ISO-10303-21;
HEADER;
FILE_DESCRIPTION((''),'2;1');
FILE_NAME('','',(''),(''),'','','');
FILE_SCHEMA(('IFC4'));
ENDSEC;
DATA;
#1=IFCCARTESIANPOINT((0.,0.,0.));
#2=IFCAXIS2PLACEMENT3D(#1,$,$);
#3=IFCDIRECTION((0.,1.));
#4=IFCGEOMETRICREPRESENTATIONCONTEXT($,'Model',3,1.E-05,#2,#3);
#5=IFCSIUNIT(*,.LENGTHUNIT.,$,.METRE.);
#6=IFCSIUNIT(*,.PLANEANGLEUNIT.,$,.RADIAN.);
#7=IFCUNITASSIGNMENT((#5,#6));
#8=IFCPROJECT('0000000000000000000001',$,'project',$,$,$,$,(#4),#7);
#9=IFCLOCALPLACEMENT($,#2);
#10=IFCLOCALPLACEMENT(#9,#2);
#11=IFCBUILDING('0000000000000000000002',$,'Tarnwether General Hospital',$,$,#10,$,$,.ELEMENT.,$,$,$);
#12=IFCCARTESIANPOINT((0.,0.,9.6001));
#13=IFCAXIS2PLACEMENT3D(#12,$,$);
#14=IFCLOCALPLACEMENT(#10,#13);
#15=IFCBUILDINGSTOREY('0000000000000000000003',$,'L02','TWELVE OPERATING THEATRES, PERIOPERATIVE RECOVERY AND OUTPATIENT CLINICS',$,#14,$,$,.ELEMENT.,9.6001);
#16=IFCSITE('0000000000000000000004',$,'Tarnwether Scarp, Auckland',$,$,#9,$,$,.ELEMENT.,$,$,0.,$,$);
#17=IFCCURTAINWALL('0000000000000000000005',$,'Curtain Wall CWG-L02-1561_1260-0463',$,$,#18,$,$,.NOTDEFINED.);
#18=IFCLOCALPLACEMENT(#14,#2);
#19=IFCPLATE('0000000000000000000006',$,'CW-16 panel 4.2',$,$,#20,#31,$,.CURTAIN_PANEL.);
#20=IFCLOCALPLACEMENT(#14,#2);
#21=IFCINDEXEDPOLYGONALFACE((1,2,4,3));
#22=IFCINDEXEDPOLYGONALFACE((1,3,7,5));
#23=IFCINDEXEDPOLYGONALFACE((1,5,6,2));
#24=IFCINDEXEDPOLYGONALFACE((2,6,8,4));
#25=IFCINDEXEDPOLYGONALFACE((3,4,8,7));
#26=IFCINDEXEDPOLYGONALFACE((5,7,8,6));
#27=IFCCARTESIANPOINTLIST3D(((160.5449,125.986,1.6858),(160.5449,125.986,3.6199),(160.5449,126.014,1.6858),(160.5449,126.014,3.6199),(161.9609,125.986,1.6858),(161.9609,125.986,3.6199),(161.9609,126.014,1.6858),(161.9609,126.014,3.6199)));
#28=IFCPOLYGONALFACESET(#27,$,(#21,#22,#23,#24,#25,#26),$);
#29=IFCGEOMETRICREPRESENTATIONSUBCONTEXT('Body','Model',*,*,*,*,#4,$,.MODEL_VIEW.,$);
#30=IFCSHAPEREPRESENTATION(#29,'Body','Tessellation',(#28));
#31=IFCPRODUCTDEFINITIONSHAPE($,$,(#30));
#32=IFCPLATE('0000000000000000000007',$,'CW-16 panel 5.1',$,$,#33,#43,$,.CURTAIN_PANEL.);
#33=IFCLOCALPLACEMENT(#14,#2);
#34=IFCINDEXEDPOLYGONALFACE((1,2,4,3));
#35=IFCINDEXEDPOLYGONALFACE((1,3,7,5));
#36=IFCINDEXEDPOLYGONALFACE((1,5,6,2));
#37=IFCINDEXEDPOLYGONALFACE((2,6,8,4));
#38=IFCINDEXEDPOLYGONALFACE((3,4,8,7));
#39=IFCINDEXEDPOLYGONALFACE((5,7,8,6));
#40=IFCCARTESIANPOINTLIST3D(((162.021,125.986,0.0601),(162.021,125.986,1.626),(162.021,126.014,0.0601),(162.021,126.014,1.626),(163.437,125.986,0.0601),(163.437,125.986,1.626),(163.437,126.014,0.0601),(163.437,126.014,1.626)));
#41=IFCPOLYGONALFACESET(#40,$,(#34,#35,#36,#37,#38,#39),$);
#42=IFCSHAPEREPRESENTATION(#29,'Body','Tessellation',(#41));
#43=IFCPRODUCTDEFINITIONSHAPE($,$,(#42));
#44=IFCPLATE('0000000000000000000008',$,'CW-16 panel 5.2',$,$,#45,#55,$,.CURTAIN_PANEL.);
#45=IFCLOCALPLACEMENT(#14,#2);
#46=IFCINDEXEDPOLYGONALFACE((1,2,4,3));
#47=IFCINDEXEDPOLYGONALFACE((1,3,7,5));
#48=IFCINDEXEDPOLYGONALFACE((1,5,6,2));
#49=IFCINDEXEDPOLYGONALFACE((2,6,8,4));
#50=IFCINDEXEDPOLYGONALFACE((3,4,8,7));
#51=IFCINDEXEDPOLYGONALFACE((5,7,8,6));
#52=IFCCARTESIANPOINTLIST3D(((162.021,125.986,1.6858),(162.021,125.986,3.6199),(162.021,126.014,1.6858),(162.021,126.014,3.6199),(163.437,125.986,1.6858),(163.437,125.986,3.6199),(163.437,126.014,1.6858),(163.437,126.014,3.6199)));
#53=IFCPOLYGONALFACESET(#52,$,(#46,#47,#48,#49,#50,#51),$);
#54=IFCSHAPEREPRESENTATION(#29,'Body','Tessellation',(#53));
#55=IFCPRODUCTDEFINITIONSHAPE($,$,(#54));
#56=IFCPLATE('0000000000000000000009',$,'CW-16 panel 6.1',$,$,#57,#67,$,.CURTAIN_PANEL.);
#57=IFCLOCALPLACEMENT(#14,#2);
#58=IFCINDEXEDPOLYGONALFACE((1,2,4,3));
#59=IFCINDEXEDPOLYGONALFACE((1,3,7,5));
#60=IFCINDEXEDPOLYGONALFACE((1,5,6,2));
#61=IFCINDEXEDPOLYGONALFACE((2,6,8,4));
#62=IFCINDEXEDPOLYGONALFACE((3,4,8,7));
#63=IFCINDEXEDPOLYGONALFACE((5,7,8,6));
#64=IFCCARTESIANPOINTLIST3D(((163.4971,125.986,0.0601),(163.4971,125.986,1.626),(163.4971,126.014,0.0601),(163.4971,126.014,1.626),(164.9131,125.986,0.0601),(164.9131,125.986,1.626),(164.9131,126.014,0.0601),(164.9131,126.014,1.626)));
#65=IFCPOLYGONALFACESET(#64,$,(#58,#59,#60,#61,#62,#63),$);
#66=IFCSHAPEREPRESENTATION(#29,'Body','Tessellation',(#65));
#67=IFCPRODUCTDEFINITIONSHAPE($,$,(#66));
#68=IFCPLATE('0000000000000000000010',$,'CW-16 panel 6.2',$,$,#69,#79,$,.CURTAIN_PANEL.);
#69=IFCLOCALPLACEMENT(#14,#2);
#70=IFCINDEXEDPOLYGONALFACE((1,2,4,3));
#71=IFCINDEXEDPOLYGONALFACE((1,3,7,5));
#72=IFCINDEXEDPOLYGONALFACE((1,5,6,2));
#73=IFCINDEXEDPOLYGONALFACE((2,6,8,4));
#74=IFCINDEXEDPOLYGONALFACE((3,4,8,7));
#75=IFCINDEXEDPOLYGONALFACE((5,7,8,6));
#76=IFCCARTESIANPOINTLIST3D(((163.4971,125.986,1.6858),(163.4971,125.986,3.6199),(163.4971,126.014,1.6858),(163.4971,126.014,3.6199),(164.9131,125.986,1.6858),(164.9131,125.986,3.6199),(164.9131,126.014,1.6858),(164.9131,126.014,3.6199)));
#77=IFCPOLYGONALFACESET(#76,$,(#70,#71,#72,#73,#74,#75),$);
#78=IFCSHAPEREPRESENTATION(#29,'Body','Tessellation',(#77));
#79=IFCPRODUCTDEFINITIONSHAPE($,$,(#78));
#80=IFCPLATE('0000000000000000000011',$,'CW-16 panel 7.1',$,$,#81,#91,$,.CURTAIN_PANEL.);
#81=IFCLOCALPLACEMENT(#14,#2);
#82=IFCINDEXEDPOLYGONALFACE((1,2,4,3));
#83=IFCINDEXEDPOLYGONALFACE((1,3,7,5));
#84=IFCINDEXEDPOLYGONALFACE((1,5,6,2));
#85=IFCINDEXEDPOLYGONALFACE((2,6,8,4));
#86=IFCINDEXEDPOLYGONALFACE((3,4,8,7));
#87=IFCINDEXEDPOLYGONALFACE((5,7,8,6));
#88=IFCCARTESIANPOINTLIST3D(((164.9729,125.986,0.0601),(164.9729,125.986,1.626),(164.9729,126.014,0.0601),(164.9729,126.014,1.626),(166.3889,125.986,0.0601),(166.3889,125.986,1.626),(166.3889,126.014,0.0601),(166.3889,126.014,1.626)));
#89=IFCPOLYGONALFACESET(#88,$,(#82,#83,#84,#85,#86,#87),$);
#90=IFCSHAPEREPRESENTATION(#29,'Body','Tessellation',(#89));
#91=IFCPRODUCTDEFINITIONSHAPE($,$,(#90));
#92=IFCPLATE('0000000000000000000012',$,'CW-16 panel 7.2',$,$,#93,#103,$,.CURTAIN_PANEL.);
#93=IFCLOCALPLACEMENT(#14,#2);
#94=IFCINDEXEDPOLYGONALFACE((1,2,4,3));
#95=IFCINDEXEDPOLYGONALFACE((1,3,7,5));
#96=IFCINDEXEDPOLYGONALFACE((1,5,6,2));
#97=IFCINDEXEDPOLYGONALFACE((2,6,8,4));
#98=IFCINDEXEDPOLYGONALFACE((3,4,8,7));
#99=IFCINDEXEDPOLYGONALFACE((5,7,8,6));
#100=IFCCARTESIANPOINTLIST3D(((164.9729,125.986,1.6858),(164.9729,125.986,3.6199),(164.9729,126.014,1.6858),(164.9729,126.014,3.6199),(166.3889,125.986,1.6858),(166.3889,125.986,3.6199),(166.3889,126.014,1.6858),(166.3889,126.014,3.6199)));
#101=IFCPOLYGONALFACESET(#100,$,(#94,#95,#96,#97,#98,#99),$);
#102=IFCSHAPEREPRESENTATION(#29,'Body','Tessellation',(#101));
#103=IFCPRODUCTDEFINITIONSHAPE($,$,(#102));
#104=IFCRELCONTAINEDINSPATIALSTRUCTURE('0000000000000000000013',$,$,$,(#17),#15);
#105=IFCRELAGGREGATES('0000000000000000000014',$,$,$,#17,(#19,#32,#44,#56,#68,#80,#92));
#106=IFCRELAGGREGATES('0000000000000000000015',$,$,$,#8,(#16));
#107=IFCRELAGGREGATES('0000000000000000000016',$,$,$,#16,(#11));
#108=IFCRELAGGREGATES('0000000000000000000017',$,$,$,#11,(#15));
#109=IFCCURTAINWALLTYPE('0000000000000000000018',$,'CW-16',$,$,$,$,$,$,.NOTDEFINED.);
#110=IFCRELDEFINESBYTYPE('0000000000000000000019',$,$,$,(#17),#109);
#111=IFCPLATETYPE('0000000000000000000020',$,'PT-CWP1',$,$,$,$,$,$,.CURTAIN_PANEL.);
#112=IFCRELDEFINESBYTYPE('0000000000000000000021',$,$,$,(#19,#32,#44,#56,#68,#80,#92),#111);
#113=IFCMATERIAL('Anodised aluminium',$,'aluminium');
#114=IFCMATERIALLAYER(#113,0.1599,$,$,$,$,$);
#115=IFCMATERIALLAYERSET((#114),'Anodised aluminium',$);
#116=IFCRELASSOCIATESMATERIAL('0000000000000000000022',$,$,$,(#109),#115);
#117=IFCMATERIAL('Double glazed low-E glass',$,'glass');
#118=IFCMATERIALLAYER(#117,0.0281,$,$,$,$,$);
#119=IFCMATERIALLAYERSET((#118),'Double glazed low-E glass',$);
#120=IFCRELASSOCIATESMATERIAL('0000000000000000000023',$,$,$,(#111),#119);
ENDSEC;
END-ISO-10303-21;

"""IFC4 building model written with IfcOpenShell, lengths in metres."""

from ifc_helpers import new_model, si_unit, direction, frame, origin, origin_2d, place, context, subcontext, project, spatial, rectangle, extrude, material, layer, layer_set, type_object, element, aggregate, save


model = new_model("IFC4")

# Units and contexts
model_context = context("Model", 3, precision=1e-05, world=origin(), true_north=direction((0.0, 1.0)))
body_context = subcontext(model_context, "Body", "Model", "MODEL_VIEW")
ifc_project = project(units=[si_unit("LENGTHUNIT", "METRE"), si_unit("PLANEANGLEUNIT", "RADIAN")], contexts=[model_context])

# Site, building, storey
site_placement = place(None, origin())
site = spatial("IfcSite", under=ifc_project, at=site_placement, Name="Tarnwether Scarp, Auckland", CompositionType="ELEMENT", RefElevation=0.0)
building_placement = place(site_placement, origin())
building = spatial("IfcBuilding", under=site, at=building_placement, Name="Tarnwether General Hospital", CompositionType="ELEMENT")
storey_placement = place(building_placement, frame((0.0, 0.0, 9.6001)))
storey = spatial("IfcBuildingStorey", under=building, at=storey_placement, Name="L02", Description="TWELVE OPERATING THEATRES, PERIOPERATIVE RECOVERY AND OUTPATIENT CLINICS", CompositionType="ELEMENT", Elevation=9.6001)

# Curtain wall, plates
ifc_material_1 = material(Name="Anodised aluminium", Category="aluminium")
ifc_layer_1 = layer(ifc_material_1, 0.1599)
ifc_layer_set_1 = layer_set([ifc_layer_1], Name="Anodised aluminium")
curtain_wall_type = type_object("IfcCurtainWallType", Name="CW-16", PredefinedType="NOTDEFINED", material=ifc_layer_set_1)
curtain_wall_placement = place(storey_placement, origin())
curtain_wall = element("IfcCurtainWall", 1, at=curtain_wall_placement, inside=storey, type_object=curtain_wall_type, Name="Curtain Wall CWG-L02-1561_1260-0463", PredefinedType="NOTDEFINED")
ifc_material_2 = material(Name="Double glazed low-E glass", Category="glass")
ifc_layer_2 = layer(ifc_material_2, 0.0281)
ifc_layer_set_2 = layer_set([ifc_layer_2], Name="Double glazed low-E glass")
plate_type = type_object("IfcPlateType", Name="PT-CWP1", PredefinedType="CURTAIN_PANEL", material=ifc_layer_set_2)
plate_1_placement = place(storey_placement, frame((161.2529, 126.0, 1.6858), z_axis=(0.0, 0.0, 1.0), x_axis=(1.0, 0.0, 0.0)))
plate_1 = element("IfcPlate", 2, at=plate_1_placement, type_object=plate_type, Name="CW-16 panel 4.2", PredefinedType="CURTAIN_PANEL", context=body_context, shape_type="SweptSolid", body=[
    extrude(rectangle(XDim=1.416, YDim=0.0281, at=origin_2d()), origin(), (0.0, 0.0, 1.0), 1.9341),
])
plate_2_placement = place(storey_placement, frame((162.729, 126.0, 0.0601), z_axis=(0.0, 0.0, 1.0), x_axis=(1.0, 0.0, 0.0)))
plate_2 = element("IfcPlate", 3, at=plate_2_placement, type_object=plate_type, Name="CW-16 panel 5.1", PredefinedType="CURTAIN_PANEL", context=body_context, shape_type="SweptSolid", body=[
    extrude(rectangle(XDim=1.416, YDim=0.0281, at=origin_2d()), origin(), (0.0, 0.0, 1.0), 1.5659),
])
plate_3_placement = place(storey_placement, frame((162.729, 126.0, 1.6858), z_axis=(0.0, 0.0, 1.0), x_axis=(1.0, 0.0, 0.0)))
plate_3 = element("IfcPlate", 4, at=plate_3_placement, type_object=plate_type, Name="CW-16 panel 5.2", PredefinedType="CURTAIN_PANEL", context=body_context, shape_type="SweptSolid", body=[
    extrude(rectangle(XDim=1.416, YDim=0.0281, at=origin_2d()), origin(), (0.0, 0.0, 1.0), 1.9341),
])
plate_4_placement = place(storey_placement, frame((164.2051, 126.0, 0.0601), z_axis=(0.0, 0.0, 1.0), x_axis=(1.0, 0.0, 0.0)))
plate_4 = element("IfcPlate", 5, at=plate_4_placement, type_object=plate_type, Name="CW-16 panel 6.1", PredefinedType="CURTAIN_PANEL", context=body_context, shape_type="SweptSolid", body=[
    extrude(rectangle(XDim=1.416, YDim=0.0281, at=origin_2d()), origin(), (0.0, 0.0, 1.0), 1.5659),
])
plate_5_placement = place(storey_placement, frame((164.2051, 126.0, 1.6858), z_axis=(0.0, 0.0, 1.0), x_axis=(1.0, 0.0, 0.0)))
plate_5 = element("IfcPlate", 6, at=plate_5_placement, type_object=plate_type, Name="CW-16 panel 6.2", PredefinedType="CURTAIN_PANEL", context=body_context, shape_type="SweptSolid", body=[
    extrude(rectangle(XDim=1.416, YDim=0.0281, at=origin_2d()), origin(), (0.0, 0.0, 1.0), 1.9341),
])
plate_6_placement = place(storey_placement, frame((165.6809, 126.0, 0.0601), z_axis=(0.0, 0.0, 1.0), x_axis=(1.0, 0.0, 0.0)))
plate_6 = element("IfcPlate", 7, at=plate_6_placement, type_object=plate_type, Name="CW-16 panel 7.1", PredefinedType="CURTAIN_PANEL", context=body_context, shape_type="SweptSolid", body=[
    extrude(rectangle(XDim=1.416, YDim=0.0281, at=origin_2d()), origin(), (0.0, 0.0, 1.0), 1.5659),
])
plate_7_placement = place(storey_placement, frame((165.6809, 126.0, 1.6858), z_axis=(0.0, 0.0, 1.0), x_axis=(1.0, 0.0, 0.0)))
plate_7 = element("IfcPlate", 8, at=plate_7_placement, type_object=plate_type, Name="CW-16 panel 7.2", PredefinedType="CURTAIN_PANEL", context=body_context, shape_type="SweptSolid", body=[
    extrude(rectangle(XDim=1.416, YDim=0.0281, at=origin_2d()), origin(), (0.0, 0.0, 1.0), 1.9341),
])
aggregate(curtain_wall, [plate_1, plate_2, plate_3, plate_4, plate_5, plate_6, plate_7])

save(model, "model.ifc")
